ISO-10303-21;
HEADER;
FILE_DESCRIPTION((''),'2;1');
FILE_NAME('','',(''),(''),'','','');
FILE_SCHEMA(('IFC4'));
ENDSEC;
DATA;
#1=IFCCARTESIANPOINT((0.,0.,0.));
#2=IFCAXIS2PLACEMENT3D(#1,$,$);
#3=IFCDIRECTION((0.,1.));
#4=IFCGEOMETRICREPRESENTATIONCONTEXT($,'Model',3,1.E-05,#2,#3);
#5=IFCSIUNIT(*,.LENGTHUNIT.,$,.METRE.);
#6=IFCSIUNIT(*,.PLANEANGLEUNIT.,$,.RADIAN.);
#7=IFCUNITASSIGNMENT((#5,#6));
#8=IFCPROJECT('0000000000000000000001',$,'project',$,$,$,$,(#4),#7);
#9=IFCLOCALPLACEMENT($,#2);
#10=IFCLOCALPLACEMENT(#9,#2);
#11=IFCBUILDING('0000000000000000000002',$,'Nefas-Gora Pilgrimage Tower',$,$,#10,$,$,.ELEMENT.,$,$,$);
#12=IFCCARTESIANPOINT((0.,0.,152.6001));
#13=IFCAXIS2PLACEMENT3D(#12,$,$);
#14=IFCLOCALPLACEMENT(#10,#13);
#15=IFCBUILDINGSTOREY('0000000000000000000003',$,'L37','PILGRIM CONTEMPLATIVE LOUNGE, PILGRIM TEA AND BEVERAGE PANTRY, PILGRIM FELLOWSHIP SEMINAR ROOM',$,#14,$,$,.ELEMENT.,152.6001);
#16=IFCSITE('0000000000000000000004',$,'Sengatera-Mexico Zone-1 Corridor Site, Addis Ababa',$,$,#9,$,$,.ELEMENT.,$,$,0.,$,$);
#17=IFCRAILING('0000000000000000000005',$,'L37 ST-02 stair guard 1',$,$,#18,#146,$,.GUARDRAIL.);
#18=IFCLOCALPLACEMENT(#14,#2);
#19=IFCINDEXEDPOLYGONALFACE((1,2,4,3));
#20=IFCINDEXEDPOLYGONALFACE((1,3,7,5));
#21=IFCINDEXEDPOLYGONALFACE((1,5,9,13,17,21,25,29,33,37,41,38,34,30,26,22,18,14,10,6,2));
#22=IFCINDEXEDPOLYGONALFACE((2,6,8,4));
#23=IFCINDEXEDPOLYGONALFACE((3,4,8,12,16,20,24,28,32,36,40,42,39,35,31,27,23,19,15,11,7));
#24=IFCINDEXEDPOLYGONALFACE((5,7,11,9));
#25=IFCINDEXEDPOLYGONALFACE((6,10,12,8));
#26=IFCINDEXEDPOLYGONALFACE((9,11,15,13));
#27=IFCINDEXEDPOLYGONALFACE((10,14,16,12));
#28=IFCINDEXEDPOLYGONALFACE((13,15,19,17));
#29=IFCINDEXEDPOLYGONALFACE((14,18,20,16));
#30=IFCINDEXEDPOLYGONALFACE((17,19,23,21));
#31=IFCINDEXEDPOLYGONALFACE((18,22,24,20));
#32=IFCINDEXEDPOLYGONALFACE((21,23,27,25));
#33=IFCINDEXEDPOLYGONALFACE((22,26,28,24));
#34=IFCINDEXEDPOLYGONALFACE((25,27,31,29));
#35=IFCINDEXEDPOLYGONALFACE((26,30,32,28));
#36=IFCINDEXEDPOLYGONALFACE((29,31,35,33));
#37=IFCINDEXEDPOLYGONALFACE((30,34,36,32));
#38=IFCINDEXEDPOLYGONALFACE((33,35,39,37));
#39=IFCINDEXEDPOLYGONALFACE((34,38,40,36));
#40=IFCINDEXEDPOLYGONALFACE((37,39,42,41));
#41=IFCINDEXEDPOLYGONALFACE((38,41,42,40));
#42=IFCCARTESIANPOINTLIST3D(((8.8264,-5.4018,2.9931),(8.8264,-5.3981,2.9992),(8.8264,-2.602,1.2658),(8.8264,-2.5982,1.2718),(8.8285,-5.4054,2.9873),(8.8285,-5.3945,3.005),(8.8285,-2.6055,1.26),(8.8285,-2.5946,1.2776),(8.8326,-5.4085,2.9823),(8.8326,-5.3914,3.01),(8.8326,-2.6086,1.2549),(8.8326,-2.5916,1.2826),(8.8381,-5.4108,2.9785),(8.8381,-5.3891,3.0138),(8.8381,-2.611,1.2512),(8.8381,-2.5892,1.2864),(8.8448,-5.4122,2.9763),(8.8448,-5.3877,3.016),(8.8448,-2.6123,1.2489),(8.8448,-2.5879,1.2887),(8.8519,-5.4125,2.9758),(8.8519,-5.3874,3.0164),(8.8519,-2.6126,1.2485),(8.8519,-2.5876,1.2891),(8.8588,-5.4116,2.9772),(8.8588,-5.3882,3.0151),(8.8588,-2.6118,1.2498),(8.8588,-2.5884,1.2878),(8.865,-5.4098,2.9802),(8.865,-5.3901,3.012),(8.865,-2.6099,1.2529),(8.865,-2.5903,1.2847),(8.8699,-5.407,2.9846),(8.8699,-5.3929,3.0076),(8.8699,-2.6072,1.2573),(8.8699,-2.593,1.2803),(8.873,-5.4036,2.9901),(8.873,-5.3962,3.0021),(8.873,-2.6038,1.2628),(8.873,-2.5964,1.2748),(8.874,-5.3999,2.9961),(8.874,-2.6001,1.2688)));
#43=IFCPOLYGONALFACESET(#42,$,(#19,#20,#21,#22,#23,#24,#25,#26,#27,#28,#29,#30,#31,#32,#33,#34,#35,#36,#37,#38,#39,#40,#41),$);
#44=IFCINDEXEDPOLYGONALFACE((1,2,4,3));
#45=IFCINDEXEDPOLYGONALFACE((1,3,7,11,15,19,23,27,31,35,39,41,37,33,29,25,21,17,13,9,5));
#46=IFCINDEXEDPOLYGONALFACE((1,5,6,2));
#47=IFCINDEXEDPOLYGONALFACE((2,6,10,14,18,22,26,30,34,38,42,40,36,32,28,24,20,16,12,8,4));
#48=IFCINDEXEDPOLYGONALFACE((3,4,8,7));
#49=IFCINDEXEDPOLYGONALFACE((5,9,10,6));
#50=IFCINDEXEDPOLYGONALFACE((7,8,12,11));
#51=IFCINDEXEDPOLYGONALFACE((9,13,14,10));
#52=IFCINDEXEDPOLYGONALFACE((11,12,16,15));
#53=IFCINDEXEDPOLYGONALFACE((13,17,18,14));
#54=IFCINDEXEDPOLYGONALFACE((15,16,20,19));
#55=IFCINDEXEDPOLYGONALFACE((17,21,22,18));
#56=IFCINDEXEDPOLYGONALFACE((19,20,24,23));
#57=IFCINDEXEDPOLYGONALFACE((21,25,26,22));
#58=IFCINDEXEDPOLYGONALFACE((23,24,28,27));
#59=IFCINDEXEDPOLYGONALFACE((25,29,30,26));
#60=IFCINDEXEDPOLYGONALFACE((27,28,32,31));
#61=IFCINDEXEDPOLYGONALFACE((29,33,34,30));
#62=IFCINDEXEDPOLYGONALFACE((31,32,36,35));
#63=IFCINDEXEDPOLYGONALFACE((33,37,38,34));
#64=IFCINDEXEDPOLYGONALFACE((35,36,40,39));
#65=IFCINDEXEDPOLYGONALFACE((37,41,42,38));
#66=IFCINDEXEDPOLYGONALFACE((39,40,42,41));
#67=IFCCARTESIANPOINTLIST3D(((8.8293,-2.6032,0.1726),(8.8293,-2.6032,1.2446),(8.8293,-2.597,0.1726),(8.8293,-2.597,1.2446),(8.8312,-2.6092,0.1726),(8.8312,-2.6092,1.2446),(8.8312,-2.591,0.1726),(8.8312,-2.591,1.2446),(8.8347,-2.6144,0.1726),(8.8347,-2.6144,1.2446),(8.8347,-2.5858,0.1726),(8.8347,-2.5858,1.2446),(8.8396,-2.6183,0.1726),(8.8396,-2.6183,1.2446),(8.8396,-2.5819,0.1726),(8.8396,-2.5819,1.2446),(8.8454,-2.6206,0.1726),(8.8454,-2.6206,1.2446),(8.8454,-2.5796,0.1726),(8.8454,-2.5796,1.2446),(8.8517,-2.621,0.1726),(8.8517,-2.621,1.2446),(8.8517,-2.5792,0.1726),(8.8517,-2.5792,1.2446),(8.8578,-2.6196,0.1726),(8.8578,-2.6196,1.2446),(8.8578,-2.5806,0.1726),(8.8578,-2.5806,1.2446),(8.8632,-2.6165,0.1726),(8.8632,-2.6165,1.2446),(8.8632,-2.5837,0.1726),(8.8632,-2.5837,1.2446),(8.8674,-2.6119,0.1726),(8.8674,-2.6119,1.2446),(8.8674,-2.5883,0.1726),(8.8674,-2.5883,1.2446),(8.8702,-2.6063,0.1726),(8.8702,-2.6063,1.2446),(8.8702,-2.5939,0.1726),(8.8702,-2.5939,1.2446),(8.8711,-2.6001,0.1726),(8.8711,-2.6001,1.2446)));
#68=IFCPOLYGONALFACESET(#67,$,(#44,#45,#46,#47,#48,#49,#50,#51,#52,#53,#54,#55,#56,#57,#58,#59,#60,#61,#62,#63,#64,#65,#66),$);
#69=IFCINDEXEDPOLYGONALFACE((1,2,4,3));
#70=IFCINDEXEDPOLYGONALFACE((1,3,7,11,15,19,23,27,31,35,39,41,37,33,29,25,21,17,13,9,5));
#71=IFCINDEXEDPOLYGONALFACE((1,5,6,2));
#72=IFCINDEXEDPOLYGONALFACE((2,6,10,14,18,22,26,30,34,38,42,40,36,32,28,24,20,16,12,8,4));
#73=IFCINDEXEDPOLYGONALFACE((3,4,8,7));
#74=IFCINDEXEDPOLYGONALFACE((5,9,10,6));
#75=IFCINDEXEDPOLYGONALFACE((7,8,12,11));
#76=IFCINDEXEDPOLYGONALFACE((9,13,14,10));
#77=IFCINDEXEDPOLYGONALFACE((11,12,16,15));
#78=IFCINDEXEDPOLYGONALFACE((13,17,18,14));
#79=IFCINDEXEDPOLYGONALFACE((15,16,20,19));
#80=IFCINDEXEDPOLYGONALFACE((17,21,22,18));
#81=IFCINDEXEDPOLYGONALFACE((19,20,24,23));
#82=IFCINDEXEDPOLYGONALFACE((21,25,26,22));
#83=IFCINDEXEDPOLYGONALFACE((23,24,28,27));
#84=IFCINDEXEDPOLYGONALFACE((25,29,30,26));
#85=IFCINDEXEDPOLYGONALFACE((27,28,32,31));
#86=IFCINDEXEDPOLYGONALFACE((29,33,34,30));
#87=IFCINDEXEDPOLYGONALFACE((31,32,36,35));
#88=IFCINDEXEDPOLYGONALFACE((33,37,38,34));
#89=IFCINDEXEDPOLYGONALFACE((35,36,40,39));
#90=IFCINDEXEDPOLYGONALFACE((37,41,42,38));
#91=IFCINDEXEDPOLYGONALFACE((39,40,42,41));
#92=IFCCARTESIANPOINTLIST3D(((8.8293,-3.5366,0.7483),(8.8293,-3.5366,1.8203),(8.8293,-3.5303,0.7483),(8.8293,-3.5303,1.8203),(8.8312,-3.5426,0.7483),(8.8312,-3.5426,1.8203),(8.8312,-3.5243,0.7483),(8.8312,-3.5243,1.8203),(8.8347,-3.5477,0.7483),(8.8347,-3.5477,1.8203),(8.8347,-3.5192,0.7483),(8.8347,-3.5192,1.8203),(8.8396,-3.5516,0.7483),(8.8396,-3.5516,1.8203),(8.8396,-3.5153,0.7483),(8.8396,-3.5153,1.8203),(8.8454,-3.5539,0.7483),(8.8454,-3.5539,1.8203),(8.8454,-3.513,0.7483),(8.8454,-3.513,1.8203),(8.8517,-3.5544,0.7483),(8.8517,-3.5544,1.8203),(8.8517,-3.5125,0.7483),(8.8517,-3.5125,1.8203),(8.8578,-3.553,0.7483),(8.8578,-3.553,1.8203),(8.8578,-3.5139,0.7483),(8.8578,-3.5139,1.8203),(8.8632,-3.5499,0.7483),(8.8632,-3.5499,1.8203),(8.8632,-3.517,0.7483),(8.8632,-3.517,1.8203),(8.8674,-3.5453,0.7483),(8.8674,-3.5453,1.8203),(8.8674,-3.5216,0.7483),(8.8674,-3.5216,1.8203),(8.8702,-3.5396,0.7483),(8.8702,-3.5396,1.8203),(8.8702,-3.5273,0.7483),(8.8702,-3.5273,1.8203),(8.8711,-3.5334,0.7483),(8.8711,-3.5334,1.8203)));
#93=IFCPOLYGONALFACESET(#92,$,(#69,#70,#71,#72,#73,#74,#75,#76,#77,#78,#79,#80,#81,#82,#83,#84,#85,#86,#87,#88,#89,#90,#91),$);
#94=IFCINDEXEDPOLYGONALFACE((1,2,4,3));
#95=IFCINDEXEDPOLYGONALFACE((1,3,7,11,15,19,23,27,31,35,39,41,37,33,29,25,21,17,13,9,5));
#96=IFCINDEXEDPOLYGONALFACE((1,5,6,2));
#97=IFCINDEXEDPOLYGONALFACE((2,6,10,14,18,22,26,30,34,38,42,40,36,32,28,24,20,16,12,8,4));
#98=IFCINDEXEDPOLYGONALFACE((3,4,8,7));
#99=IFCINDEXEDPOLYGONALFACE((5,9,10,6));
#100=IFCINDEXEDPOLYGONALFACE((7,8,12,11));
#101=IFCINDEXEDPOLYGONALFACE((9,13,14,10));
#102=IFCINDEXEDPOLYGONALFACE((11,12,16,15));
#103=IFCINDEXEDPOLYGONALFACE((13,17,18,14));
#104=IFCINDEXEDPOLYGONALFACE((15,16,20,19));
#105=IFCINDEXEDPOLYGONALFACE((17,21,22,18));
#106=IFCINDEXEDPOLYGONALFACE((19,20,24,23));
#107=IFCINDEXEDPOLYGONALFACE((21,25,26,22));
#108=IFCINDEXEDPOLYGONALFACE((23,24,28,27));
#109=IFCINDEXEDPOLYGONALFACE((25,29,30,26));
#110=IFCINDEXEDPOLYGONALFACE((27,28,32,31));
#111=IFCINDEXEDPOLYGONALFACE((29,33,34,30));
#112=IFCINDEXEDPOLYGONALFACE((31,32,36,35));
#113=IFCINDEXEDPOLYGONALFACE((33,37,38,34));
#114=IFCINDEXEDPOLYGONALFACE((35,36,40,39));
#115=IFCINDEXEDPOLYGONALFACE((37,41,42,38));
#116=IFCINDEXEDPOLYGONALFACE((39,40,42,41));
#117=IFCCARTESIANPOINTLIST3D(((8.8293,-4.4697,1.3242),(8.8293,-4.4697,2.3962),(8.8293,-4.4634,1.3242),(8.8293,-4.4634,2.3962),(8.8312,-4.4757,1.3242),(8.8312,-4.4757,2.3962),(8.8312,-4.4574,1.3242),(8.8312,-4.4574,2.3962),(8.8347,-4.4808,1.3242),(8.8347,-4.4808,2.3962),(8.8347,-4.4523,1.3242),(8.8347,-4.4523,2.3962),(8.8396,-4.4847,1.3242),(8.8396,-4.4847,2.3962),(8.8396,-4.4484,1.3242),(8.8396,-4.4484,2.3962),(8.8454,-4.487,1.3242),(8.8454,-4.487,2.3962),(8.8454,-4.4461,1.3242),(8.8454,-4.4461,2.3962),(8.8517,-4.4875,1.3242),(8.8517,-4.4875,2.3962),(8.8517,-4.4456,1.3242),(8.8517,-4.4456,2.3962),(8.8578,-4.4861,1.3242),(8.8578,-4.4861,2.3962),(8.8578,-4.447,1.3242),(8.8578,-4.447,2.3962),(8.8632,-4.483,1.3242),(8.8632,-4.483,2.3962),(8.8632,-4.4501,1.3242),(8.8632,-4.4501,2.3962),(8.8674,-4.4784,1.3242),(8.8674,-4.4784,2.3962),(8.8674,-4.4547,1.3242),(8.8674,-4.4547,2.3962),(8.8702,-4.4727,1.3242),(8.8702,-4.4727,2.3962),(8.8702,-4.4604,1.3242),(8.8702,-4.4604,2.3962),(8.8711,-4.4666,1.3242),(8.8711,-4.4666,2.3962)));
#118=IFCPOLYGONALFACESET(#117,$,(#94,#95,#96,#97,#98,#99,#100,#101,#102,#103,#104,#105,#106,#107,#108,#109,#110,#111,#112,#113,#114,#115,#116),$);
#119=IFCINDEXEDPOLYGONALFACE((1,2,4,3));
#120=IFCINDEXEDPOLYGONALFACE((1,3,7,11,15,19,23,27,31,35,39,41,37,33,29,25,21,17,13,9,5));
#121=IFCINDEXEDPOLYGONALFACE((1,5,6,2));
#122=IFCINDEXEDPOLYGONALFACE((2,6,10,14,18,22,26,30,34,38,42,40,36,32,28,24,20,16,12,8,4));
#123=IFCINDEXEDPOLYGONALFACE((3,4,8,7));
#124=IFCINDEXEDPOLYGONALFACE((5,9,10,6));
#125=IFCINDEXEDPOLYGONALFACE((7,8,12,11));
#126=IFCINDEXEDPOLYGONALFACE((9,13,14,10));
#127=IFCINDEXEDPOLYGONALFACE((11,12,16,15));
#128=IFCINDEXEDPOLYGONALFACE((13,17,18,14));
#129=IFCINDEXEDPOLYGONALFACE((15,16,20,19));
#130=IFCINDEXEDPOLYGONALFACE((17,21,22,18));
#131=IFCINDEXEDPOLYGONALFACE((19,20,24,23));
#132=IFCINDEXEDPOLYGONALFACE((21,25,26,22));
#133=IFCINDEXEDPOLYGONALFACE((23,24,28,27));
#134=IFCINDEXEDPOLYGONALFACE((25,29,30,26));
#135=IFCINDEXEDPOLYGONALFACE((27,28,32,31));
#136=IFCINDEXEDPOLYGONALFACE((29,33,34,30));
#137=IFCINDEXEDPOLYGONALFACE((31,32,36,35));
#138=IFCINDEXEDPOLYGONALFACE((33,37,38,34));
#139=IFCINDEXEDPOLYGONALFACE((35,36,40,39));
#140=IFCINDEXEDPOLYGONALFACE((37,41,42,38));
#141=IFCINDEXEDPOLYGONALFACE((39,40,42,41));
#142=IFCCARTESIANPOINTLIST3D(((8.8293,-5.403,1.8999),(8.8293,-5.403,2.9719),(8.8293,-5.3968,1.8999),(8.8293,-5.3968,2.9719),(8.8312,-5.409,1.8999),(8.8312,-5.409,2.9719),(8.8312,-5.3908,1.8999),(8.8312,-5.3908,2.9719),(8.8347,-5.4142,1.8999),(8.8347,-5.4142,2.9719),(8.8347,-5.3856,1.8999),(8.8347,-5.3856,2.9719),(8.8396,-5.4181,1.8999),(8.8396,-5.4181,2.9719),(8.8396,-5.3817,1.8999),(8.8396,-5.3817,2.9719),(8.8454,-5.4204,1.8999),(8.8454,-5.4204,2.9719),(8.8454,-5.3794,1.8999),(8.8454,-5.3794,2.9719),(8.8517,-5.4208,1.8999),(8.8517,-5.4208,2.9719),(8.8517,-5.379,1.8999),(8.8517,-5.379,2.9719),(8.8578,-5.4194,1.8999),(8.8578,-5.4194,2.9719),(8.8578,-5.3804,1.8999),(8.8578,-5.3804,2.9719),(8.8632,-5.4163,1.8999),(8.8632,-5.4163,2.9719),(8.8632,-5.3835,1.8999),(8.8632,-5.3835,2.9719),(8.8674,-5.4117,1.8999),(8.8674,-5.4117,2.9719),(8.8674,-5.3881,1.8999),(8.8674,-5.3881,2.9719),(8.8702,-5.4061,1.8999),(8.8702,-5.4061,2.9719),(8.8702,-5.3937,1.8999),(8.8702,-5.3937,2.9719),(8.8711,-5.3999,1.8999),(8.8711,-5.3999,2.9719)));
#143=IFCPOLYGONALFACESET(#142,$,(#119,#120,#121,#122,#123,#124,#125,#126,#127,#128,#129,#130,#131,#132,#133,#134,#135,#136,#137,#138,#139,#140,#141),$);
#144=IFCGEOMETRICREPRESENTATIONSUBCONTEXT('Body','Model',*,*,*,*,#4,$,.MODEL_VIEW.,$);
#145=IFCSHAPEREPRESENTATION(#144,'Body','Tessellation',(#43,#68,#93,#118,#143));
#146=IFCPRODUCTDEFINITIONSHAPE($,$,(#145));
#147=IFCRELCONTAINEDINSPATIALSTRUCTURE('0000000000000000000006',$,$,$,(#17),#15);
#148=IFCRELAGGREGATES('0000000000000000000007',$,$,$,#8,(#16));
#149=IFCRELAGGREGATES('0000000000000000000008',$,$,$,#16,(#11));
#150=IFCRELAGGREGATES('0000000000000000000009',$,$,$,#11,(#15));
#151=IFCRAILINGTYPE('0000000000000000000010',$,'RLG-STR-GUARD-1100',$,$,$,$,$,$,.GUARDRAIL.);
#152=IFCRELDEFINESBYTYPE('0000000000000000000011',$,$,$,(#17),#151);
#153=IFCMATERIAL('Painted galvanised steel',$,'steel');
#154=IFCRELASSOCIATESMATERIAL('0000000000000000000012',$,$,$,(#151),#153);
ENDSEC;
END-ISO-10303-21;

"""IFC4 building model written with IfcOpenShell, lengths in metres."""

from ifc_helpers import new_model, si_unit, direction, frame, origin, origin_2d, place, context, subcontext, project, spatial, circle, extrude, material, type_object, element, save


model = new_model("IFC4")

# Units and contexts
model_context = context("Model", 3, precision=1e-05, world=origin(), true_north=direction((0.0, 1.0)))
body_context = subcontext(model_context, "Body", "Model", "MODEL_VIEW")
ifc_project = project(units=[si_unit("LENGTHUNIT", "METRE"), si_unit("PLANEANGLEUNIT", "RADIAN")], contexts=[model_context])

# Site, building, storey
site_placement = place(None, origin())
site = spatial("IfcSite", under=ifc_project, at=site_placement, Name="Sengatera-Mexico Zone-1 Corridor Site, Addis Ababa", CompositionType="ELEMENT", RefElevation=0.0)
building_placement = place(site_placement, origin())
building = spatial("IfcBuilding", under=site, at=building_placement, Name="Nefas-Gora Pilgrimage Tower", CompositionType="ELEMENT")
storey_placement = place(building_placement, frame((0.0, 0.0, 152.6001)))
storey = spatial("IfcBuildingStorey", under=building, at=storey_placement, Name="L37", Description="PILGRIM CONTEMPLATIVE LOUNGE, PILGRIM TEA AND BEVERAGE PANTRY, PILGRIM FELLOWSHIP SEMINAR ROOM", CompositionType="ELEMENT", Elevation=152.6001)

# Railing
ifc_material_1 = material(Name="Painted galvanised steel", Category="steel")
railing_type_1 = type_object("IfcRailingType", Name="RLG-STR-GUARD-1100", PredefinedType="GUARDRAIL", material=ifc_material_1)
railing_1_placement = place(storey_placement, frame((8.8501, -2.6001, 0.1726)))
element("IfcRailing", 1, at=railing_1_placement, inside=storey, type_object=railing_type_1, Name="L37 ST-02 stair guard 1", PredefinedType="GUARDRAIL", context=body_context, shape_type="SweptSolid", body=[
    extrude(circle(Radius=0.0239, at=origin_2d()), frame((0.0, 0.0, 1.0962), z_axis=(0.0, -0.851069, 0.525054), x_axis=(1.0, 0.0, 0.0)), (0.0, 0.0, 1.0), 3.2898),
    extrude(circle(Radius=0.021, at=origin_2d()), origin(), (0.0, 0.0, 1.0), 1.072),
    extrude(circle(Radius=0.021, at=origin_2d()), frame((0.0, -0.9333, 0.5757)), (0.0, 0.0, 1.0), 1.072),
    extrude(circle(Radius=0.021, at=origin_2d()), frame((0.0, -1.8665, 1.1516)), (0.0, 0.0, 1.0), 1.072),
    extrude(circle(Radius=0.021, at=origin_2d()), frame((0.0, -2.7998, 1.7273)), (0.0, 0.0, 1.0), 1.072),
])

save(model, "model.ifc")
